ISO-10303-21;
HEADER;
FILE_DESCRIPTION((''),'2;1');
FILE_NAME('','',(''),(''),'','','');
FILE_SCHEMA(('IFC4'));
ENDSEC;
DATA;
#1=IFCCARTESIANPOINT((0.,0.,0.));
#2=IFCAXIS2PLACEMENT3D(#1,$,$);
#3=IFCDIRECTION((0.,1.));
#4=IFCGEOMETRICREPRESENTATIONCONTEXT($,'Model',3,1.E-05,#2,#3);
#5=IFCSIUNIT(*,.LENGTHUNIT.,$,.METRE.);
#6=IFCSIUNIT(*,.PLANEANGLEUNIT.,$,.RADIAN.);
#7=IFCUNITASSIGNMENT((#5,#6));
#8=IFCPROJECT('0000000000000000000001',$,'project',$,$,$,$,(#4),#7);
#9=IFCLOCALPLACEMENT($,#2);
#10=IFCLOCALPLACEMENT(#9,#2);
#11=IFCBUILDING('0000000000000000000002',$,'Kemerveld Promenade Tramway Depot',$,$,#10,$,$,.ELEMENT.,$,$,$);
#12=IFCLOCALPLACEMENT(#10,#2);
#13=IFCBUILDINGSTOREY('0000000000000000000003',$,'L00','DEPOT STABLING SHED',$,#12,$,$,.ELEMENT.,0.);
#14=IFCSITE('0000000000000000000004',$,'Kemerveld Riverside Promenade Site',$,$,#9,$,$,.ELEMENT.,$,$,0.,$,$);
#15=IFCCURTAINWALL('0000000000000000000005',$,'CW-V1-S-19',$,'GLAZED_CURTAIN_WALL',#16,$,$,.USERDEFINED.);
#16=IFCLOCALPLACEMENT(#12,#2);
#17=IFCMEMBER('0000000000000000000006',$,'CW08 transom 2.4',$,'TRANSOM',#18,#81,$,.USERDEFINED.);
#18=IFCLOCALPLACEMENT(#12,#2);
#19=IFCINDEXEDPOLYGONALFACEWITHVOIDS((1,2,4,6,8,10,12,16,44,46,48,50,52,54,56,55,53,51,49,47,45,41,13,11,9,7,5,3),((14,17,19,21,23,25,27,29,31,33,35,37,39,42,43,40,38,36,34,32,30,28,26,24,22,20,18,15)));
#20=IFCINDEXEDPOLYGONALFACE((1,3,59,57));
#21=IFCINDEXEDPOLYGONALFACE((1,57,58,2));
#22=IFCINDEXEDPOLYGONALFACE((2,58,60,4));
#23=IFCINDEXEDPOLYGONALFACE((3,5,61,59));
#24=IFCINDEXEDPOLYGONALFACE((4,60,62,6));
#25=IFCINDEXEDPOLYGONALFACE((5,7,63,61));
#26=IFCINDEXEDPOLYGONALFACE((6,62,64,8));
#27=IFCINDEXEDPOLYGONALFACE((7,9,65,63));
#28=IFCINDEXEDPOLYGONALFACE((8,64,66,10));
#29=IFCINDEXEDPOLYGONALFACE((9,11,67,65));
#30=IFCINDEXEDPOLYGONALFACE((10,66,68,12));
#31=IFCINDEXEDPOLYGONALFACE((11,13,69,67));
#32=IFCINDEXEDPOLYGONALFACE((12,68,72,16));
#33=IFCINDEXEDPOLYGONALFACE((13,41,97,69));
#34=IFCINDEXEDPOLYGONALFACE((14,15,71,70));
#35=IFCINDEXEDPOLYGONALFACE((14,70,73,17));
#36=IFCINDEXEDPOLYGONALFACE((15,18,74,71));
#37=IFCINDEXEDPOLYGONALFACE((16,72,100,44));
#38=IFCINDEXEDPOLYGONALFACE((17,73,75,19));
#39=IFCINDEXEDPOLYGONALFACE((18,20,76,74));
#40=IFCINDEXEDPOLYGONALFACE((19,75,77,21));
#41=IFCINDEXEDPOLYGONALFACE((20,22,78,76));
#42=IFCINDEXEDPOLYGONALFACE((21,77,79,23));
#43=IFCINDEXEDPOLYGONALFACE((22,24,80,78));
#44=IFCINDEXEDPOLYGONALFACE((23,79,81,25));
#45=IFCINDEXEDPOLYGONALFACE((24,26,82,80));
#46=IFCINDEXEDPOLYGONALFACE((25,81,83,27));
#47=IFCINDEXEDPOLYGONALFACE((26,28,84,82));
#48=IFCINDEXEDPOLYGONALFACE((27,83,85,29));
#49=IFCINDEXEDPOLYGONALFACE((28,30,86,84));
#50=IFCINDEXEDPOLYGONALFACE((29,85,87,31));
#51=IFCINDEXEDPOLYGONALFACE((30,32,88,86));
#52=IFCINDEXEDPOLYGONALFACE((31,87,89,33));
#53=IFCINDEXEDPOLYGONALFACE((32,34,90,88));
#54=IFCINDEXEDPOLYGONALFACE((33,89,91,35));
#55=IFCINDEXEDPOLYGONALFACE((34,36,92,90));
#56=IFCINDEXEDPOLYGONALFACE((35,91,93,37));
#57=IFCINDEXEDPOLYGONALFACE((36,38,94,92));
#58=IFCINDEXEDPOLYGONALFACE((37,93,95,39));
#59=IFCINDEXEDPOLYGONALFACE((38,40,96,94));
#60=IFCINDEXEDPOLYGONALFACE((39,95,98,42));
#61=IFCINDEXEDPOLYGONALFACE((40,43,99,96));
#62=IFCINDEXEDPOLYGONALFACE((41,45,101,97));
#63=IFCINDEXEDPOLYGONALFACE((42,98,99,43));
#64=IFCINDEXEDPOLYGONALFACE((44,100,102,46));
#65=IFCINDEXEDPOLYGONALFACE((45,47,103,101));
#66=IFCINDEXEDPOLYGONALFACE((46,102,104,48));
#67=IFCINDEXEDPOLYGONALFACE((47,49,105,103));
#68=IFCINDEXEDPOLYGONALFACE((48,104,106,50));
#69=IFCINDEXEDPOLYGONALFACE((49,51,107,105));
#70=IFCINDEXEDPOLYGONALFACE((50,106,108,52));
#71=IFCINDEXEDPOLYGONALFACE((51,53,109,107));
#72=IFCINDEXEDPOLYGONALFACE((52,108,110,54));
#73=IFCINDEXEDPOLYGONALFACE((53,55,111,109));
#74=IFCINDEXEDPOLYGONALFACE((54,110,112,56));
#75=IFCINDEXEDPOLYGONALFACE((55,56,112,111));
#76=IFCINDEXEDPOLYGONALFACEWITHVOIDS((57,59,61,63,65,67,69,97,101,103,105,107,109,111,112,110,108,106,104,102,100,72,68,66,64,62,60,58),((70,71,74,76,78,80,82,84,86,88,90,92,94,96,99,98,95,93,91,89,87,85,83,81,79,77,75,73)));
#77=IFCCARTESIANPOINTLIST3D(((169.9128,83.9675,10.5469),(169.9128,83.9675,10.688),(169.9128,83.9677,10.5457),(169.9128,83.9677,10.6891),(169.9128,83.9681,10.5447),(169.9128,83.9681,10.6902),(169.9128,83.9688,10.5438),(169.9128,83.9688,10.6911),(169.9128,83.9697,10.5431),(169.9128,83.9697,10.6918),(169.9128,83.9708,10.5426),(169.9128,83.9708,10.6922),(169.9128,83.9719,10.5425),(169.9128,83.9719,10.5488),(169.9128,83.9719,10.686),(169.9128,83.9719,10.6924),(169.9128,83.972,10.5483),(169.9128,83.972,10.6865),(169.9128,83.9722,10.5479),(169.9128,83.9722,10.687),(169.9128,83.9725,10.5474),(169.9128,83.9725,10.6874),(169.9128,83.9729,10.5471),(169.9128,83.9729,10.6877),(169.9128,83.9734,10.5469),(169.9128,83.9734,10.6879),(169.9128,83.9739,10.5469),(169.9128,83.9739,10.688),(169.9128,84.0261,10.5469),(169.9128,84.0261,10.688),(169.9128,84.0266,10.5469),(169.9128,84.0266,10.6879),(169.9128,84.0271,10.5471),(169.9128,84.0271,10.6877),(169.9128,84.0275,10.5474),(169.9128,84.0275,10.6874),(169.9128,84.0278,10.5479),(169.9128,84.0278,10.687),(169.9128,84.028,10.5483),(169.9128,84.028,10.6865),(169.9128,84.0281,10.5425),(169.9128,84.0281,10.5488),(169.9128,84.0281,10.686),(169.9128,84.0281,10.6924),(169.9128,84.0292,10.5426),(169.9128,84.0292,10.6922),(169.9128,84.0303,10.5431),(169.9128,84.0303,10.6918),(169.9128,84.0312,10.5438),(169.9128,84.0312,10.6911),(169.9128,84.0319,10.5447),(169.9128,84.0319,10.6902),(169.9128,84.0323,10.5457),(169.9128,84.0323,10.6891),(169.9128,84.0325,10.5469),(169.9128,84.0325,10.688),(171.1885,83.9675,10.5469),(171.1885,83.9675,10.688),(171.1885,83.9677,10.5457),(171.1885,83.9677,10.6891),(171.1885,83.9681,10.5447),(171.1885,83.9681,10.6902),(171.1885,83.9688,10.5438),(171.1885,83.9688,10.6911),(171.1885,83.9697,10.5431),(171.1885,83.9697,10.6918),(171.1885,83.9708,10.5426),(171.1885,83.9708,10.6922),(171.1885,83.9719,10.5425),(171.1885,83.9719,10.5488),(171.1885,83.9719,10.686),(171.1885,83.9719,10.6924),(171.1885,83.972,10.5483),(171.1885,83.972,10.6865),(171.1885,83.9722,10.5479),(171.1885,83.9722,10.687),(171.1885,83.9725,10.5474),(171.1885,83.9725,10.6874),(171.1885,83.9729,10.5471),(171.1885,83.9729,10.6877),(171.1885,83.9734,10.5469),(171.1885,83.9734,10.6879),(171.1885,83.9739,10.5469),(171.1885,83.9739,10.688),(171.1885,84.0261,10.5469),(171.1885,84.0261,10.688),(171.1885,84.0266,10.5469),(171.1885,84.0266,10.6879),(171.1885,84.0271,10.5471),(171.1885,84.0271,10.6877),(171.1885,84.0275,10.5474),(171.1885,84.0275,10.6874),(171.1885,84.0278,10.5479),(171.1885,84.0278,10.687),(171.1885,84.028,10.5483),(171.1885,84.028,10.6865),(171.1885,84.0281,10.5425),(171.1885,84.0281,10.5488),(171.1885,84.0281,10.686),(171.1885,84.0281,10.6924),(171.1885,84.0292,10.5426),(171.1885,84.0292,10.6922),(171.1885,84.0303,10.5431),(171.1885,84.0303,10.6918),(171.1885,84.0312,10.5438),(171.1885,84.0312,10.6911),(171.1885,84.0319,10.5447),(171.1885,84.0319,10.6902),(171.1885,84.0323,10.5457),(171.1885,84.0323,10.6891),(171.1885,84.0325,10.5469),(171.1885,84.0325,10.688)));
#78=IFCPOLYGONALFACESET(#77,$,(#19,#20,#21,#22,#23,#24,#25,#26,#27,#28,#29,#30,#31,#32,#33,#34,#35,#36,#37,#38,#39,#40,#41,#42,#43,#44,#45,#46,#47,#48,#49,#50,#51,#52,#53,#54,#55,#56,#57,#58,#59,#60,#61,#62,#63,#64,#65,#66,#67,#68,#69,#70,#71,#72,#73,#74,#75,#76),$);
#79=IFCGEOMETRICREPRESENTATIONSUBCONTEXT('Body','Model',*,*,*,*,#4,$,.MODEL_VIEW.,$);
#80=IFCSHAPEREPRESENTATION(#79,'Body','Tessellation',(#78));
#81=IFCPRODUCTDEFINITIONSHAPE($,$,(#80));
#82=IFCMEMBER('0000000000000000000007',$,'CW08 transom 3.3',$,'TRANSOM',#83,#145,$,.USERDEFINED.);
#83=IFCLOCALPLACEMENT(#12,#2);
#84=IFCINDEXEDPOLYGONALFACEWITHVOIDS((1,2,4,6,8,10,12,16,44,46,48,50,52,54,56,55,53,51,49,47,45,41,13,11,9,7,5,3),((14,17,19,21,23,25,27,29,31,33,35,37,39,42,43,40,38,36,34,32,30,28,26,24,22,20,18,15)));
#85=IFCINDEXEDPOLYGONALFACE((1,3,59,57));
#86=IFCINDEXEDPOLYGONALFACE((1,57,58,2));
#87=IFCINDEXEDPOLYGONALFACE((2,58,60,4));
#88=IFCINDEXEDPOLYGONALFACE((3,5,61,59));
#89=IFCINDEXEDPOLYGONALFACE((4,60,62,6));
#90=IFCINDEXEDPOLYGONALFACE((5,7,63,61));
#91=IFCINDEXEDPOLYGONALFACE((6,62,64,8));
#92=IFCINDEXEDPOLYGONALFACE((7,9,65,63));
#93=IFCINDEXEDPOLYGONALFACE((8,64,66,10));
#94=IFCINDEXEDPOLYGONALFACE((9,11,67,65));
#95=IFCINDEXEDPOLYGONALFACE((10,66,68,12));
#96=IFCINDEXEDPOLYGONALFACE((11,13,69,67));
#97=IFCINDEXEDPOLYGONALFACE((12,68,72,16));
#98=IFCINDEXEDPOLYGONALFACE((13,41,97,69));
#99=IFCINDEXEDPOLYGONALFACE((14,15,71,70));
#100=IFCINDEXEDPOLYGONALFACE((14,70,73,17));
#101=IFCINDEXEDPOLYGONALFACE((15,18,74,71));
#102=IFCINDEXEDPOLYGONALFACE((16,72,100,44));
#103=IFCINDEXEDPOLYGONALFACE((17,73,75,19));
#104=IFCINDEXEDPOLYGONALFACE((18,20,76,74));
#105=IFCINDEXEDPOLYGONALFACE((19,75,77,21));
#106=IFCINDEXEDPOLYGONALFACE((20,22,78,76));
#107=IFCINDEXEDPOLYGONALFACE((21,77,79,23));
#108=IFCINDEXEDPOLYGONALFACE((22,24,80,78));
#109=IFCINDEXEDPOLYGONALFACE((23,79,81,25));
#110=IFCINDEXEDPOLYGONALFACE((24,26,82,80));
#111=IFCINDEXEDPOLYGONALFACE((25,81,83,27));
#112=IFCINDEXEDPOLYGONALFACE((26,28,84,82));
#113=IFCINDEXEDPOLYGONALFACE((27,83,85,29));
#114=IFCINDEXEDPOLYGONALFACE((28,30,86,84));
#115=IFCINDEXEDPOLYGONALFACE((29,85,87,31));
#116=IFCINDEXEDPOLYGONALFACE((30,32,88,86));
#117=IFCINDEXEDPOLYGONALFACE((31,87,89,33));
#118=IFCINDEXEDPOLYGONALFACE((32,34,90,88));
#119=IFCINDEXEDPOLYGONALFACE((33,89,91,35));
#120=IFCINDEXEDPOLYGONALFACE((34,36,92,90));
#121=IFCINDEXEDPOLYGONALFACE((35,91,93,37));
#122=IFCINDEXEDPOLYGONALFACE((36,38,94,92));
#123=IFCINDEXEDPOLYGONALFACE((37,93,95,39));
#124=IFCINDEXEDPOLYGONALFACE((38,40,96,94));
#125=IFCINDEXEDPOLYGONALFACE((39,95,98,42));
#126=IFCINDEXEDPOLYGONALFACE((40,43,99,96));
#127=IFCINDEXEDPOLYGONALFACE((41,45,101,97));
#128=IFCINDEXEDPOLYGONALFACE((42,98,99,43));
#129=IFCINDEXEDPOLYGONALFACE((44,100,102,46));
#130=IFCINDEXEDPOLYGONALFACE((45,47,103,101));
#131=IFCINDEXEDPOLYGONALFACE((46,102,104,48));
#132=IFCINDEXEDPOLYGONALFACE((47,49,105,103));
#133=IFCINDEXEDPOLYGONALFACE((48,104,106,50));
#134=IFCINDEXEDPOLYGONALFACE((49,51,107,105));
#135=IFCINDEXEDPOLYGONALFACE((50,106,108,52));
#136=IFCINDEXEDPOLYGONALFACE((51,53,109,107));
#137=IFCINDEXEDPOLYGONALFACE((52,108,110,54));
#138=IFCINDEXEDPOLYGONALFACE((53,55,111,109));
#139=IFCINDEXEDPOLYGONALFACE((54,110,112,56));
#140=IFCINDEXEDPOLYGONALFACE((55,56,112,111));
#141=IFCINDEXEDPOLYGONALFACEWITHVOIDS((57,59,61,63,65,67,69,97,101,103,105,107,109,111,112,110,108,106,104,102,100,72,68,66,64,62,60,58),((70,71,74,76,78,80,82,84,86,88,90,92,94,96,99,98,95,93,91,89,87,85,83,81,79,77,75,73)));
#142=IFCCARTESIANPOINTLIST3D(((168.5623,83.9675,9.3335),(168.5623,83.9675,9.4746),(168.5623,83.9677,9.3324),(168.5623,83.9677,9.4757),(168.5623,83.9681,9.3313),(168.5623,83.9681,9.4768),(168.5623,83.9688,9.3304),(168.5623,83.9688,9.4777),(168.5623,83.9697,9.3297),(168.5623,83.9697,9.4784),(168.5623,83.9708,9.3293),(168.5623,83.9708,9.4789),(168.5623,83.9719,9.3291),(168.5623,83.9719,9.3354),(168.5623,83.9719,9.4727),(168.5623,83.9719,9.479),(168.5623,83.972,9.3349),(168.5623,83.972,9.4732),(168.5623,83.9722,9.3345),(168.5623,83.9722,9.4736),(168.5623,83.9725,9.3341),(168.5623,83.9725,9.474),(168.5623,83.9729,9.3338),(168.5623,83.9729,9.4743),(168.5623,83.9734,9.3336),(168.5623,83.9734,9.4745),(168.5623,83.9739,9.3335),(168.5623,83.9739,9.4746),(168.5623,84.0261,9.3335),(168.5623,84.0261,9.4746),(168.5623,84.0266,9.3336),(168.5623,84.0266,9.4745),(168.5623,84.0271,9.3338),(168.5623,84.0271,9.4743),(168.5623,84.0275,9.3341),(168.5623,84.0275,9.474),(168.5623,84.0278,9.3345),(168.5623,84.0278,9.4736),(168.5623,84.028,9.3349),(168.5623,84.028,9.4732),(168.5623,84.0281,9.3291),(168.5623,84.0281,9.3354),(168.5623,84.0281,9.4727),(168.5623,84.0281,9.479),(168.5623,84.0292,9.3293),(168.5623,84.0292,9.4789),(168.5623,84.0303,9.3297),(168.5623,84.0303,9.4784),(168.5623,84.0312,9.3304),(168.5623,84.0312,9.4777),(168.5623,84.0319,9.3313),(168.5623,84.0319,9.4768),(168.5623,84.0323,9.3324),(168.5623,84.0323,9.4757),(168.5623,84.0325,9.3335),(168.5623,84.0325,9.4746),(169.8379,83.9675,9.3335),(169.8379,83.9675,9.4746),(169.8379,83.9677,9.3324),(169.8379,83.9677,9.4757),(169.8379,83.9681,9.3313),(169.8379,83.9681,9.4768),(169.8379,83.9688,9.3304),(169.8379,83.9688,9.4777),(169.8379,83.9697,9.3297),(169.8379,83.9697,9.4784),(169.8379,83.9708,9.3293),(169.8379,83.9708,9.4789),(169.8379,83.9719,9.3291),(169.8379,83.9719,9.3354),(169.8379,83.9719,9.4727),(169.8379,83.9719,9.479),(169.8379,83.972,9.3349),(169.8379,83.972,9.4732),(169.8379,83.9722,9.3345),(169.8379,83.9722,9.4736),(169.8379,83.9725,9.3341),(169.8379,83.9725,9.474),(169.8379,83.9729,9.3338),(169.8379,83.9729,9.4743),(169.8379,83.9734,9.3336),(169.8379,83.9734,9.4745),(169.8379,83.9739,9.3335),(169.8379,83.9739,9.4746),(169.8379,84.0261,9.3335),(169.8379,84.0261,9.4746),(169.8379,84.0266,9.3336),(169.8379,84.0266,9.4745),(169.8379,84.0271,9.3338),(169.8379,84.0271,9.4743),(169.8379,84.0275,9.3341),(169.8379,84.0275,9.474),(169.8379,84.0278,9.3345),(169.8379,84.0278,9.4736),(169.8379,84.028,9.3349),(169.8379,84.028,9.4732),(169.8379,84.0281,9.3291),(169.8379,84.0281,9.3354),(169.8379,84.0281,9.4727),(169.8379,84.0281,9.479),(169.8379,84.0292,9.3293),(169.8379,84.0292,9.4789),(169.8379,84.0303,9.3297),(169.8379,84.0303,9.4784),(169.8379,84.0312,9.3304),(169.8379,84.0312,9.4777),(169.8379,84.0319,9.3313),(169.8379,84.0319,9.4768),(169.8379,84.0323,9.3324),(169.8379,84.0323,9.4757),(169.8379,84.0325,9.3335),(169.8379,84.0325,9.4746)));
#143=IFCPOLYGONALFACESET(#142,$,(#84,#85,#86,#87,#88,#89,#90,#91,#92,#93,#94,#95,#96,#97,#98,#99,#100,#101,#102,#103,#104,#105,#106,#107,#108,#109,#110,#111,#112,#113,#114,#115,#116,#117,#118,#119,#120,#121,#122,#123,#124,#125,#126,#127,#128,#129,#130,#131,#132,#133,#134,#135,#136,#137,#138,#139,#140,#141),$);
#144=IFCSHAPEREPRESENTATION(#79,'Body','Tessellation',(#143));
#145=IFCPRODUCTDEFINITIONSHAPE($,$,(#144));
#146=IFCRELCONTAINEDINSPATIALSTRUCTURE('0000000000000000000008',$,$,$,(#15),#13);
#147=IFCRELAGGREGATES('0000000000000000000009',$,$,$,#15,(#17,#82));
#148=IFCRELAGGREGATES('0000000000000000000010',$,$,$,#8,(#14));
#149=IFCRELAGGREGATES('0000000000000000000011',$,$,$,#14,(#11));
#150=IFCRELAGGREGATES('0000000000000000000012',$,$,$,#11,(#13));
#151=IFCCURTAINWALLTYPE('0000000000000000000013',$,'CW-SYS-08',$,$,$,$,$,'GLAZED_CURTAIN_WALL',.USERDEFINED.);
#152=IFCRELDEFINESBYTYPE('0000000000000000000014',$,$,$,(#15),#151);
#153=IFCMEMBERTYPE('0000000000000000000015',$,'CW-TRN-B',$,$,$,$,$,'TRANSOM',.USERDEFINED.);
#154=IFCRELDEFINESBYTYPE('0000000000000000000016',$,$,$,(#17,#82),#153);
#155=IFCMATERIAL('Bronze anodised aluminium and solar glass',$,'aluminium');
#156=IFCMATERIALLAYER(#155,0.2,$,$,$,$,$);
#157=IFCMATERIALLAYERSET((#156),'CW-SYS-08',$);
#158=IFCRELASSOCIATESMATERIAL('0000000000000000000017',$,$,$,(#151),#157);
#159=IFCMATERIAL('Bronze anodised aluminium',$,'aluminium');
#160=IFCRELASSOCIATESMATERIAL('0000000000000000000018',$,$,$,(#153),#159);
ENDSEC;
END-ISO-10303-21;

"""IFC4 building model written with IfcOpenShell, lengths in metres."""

from ifc_helpers import new_model, si_unit, direction, frame, origin, origin_2d, place, context, subcontext, project, spatial, hollow_rectangle, extrude, material, layer, layer_set, material_profile, profile_set, type_object, element, aggregate, save


model = new_model("IFC4")

# Units and contexts
model_context = context("Model", 3, precision=1e-05, world=origin(), true_north=direction((0.0, 1.0)))
body_context = subcontext(model_context, "Body", "Model", "MODEL_VIEW")
ifc_project = project(units=[si_unit("LENGTHUNIT", "METRE"), si_unit("PLANEANGLEUNIT", "RADIAN")], contexts=[model_context])

# Site, building, storey
site_placement = place(None, origin())
site = spatial("IfcSite", under=ifc_project, at=site_placement, Name="Kemerveld Riverside Promenade Site", CompositionType="ELEMENT", RefElevation=0.0)
building_placement = place(site_placement, origin())
building = spatial("IfcBuilding", under=site, at=building_placement, Name="Kemerveld Promenade Tramway Depot", CompositionType="ELEMENT")
storey_placement = place(building_placement, origin())
storey = spatial("IfcBuildingStorey", under=building, at=storey_placement, Name="L00", Description="DEPOT STABLING SHED", CompositionType="ELEMENT", Elevation=0.0)

# Curtain wall, members
ifc_material_1 = material(Name="Bronze anodised aluminium and solar glass", Category="aluminium")
ifc_material_2 = material(Name="Bronze anodised aluminium", Category="aluminium")
ifc_layer_1 = layer(ifc_material_1, 0.2)
ifc_layer_set_1 = layer_set([ifc_layer_1], Name="CW-SYS-08")
curtain_wall_type_1 = type_object("IfcCurtainWallType", Name="CW-SYS-08", ElementType="GLAZED_CURTAIN_WALL", PredefinedType="USERDEFINED", material=ifc_layer_set_1)
curtain_wall_1_placement = place(storey_placement, origin())
curtain_wall_1 = element("IfcCurtainWall", 1, at=curtain_wall_1_placement, inside=storey, type_object=curtain_wall_type_1, Name="CW-V1-S-19", ObjectType="GLAZED_CURTAIN_WALL", PredefinedType="USERDEFINED")
ifc_material_profile_1 = material_profile(ifc_material_2, hollow_rectangle(XDim=0.0649, YDim=0.1499, WallThickness=0.0044, InnerFilletRadius=0.002, OuterFilletRadius=0.0044, at=origin_2d()), Name="CW-TRN-150x65")
ifc_profile_set_1 = profile_set([ifc_material_profile_1], Name="Bronze anodised aluminium")
member_type_1 = type_object("IfcMemberType", Name="CW-TRN-B", ElementType="TRANSOM", PredefinedType="USERDEFINED", material=ifc_profile_set_1)
member_1_placement = place(storey_placement, frame((171.1885, 84.0, 10.6174), z_axis=(-1.0, 0.0, 0.0), x_axis=(0.0, -1.0, 0.0)))
member_1 = element("IfcMember", 2, at=member_1_placement, type_object=member_type_1, Name="CW08 transom 2.4", ObjectType="TRANSOM", PredefinedType="USERDEFINED", context=body_context, shape_type="SweptSolid", body=[
    extrude(hollow_rectangle(XDim=0.0649, YDim=0.1499, WallThickness=0.0044, InnerFilletRadius=0.002, OuterFilletRadius=0.0044, at=origin_2d()), origin(), (0.0, 0.0, 1.0), 1.2756),
])
member_2_placement = place(storey_placement, frame((169.8379, 84.0, 9.4041), z_axis=(-1.0, 0.0, 0.0), x_axis=(0.0, -1.0, 0.0)))
member_2 = element("IfcMember", 3, at=member_2_placement, type_object=member_type_1, Name="CW08 transom 3.3", ObjectType="TRANSOM", PredefinedType="USERDEFINED", context=body_context, shape_type="SweptSolid", body=[
    extrude(hollow_rectangle(XDim=0.0649, YDim=0.1499, WallThickness=0.0044, InnerFilletRadius=0.002, OuterFilletRadius=0.0044, at=origin_2d()), origin(), (0.0, 0.0, 1.0), 1.2756),
])

aggregate(curtain_wall_1, [member_1, member_2])

save(model, "model.ifc")
